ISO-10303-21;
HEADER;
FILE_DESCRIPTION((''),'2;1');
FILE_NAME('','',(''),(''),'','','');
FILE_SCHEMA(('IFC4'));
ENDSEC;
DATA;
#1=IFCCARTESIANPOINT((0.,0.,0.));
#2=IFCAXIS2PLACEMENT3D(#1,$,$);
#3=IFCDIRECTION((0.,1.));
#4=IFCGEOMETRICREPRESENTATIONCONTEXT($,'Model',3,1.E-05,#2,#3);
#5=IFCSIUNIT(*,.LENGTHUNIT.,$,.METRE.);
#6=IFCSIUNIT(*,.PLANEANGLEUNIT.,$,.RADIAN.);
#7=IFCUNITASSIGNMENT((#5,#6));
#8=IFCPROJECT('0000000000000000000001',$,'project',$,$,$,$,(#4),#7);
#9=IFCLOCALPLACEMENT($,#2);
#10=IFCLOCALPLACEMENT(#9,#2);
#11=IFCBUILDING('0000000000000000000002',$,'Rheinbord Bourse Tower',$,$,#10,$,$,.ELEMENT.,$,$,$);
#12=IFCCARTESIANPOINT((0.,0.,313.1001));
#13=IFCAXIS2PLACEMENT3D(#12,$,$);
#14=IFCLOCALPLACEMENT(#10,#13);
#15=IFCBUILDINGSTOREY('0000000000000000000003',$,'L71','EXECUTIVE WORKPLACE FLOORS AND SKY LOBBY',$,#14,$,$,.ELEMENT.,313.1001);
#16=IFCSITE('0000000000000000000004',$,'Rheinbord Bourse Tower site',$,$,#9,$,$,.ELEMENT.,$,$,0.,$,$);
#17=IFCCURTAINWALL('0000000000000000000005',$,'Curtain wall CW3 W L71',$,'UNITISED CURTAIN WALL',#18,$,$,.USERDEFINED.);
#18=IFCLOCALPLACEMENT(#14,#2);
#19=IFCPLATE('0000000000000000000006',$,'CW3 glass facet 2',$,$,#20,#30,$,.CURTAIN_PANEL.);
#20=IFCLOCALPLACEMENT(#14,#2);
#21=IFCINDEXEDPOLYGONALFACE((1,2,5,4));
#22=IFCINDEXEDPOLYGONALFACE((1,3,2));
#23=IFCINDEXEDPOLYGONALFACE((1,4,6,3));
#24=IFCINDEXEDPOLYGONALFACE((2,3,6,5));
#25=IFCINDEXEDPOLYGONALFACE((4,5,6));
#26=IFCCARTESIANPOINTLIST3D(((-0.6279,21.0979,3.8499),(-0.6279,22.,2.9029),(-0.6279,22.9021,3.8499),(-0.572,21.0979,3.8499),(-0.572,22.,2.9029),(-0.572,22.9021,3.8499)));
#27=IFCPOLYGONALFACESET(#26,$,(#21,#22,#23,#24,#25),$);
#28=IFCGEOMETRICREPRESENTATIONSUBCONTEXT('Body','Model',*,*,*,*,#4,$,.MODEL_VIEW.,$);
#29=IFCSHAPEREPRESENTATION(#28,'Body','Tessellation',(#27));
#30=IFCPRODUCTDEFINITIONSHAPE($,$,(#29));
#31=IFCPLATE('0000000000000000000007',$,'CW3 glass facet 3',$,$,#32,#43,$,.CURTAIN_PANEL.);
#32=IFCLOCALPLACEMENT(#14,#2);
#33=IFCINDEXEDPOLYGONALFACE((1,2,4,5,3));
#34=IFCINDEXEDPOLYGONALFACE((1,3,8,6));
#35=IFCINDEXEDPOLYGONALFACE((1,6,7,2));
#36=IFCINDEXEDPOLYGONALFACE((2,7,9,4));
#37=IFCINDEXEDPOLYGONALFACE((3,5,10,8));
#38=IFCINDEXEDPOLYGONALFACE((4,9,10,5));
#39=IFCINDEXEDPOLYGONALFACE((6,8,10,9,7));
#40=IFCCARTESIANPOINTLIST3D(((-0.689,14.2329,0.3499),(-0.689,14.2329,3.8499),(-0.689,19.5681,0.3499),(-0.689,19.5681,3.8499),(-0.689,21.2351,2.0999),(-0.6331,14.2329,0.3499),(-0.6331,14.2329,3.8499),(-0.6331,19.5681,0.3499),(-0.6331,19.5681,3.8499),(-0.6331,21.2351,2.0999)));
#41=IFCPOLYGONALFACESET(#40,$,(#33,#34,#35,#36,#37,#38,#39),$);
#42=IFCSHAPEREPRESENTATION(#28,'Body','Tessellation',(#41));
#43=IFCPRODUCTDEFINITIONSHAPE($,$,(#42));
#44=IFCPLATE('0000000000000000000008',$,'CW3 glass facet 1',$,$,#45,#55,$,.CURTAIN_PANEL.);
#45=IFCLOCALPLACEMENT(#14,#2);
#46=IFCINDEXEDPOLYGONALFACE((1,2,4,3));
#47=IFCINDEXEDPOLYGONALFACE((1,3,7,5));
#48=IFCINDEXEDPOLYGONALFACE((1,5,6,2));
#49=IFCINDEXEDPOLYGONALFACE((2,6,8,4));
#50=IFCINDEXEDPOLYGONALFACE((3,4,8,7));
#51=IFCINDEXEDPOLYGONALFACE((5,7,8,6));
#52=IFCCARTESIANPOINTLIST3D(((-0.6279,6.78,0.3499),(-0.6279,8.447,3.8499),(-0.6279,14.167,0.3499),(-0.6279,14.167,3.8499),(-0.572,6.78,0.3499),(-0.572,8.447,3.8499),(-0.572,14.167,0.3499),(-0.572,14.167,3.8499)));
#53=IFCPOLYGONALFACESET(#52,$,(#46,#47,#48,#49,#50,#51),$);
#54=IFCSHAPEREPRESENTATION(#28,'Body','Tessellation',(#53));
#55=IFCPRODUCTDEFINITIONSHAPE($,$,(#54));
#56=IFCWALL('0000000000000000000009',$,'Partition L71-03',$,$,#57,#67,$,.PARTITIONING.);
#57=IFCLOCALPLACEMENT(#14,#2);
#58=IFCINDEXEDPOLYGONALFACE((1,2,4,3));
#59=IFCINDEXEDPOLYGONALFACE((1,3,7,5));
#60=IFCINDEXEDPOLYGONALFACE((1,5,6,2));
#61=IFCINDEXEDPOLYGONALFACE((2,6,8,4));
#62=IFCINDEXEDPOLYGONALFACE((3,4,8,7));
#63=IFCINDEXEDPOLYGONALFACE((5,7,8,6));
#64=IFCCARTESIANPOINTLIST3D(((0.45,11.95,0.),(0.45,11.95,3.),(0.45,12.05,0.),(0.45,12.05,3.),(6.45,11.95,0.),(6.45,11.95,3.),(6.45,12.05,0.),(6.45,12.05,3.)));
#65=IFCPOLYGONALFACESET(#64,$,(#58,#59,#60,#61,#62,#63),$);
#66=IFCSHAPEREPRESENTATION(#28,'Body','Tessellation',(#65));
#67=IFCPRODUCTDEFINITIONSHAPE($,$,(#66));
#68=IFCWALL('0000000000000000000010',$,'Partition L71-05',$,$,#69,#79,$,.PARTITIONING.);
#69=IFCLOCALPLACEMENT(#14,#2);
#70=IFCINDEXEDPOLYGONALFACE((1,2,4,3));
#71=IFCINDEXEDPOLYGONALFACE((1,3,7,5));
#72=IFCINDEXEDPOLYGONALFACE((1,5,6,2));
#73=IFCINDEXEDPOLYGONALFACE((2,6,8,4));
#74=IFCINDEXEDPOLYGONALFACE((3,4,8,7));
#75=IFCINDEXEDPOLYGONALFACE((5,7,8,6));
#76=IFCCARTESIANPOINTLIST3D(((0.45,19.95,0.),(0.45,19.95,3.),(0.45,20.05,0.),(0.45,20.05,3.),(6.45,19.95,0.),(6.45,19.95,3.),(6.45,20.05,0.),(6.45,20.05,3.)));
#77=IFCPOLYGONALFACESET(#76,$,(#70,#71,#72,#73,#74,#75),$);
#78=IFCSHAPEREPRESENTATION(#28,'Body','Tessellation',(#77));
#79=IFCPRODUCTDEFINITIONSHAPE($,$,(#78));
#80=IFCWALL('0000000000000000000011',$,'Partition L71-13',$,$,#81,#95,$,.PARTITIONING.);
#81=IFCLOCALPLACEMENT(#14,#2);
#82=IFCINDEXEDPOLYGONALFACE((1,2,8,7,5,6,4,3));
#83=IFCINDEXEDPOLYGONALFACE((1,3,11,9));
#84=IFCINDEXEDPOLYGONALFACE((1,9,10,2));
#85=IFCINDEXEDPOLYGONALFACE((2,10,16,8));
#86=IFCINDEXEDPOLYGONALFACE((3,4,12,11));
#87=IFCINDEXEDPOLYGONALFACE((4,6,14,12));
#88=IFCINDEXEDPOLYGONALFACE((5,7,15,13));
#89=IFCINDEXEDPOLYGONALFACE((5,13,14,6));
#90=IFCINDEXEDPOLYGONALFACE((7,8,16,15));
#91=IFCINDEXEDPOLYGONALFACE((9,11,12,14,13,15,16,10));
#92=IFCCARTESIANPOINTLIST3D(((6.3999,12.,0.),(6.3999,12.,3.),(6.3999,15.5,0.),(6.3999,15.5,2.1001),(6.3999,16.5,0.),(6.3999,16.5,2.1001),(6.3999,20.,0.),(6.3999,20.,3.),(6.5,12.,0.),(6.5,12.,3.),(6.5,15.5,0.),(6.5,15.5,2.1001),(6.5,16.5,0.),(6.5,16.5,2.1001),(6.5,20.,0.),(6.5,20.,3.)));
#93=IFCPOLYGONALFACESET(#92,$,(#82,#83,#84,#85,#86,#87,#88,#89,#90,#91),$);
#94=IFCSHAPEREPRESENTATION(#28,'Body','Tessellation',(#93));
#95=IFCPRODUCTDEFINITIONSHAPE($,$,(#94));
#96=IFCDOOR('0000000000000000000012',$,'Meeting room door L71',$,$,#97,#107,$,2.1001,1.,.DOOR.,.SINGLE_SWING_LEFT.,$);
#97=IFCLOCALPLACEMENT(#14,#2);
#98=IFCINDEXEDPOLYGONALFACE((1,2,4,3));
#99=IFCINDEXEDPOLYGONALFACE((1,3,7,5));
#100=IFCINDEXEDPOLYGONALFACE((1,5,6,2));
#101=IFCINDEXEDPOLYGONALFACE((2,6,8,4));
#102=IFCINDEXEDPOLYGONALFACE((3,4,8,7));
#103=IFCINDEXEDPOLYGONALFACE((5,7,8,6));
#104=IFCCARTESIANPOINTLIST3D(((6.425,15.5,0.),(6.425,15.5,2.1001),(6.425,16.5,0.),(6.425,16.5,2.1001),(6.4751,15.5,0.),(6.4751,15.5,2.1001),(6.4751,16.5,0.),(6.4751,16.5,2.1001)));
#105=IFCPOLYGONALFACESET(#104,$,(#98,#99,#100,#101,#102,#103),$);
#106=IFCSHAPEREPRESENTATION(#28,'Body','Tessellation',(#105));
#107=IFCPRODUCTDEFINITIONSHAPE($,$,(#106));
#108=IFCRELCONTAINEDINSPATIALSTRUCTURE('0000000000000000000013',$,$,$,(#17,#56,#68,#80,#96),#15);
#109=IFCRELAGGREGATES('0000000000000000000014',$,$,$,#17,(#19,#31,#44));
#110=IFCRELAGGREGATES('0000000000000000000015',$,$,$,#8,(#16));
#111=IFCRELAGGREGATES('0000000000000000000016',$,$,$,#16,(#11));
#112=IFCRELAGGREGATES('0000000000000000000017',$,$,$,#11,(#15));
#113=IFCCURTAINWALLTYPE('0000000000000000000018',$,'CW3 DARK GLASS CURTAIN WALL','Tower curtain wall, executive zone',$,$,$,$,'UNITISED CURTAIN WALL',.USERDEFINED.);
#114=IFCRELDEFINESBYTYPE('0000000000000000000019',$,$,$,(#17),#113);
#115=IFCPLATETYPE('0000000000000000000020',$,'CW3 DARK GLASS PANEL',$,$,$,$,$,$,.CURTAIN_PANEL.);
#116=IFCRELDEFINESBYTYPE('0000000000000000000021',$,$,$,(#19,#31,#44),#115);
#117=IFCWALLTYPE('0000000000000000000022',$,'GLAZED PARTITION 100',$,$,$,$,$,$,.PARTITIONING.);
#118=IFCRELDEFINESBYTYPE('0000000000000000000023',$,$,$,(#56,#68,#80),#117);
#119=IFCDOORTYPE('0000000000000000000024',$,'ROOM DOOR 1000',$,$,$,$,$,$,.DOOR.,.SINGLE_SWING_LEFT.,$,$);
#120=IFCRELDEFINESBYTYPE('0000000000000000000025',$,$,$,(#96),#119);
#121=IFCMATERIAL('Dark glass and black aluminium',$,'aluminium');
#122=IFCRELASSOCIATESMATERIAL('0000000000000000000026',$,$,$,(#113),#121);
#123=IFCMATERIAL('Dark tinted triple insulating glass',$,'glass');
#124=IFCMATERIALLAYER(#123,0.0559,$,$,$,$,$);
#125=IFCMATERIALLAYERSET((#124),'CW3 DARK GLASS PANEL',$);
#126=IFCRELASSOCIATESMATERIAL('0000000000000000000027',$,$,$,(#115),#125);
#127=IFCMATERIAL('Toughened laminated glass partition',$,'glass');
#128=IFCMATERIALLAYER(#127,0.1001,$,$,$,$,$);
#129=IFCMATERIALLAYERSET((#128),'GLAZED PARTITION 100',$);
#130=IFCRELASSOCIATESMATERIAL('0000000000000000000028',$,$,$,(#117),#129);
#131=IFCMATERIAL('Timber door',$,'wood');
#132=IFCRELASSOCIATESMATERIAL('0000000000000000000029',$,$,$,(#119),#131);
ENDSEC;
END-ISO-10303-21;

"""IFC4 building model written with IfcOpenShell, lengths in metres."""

from ifc_helpers import new_model, si_unit, direction, frame, frame_2d, origin, place, context, subcontext, project, spatial, polyline, rectangle, outline, extrude, material, layer, layer_set, type_object, element, fill, aggregate, save


model = new_model("IFC4")

# Units and contexts
model_context = context("Model", 3, precision=1e-05, world=origin(), true_north=direction((0.0, 1.0)))
body_context = subcontext(model_context, "Body", "Model", "MODEL_VIEW")
ifc_project = project(units=[si_unit("LENGTHUNIT", "METRE"), si_unit("PLANEANGLEUNIT", "RADIAN")], contexts=[model_context])

# Site, building, storey
site_placement = place(None, origin())
site = spatial("IfcSite", under=ifc_project, at=site_placement, Name="Rheinbord Bourse Tower site", CompositionType="ELEMENT", RefElevation=0.0)
building_placement = place(site_placement, origin())
building = spatial("IfcBuilding", under=site, at=building_placement, Name="Rheinbord Bourse Tower", CompositionType="ELEMENT")
storey_placement = place(building_placement, frame((0.0, 0.0, 313.1001)))
storey = spatial("IfcBuildingStorey", under=building, at=storey_placement, Name="L71", Description="EXECUTIVE WORKPLACE FLOORS AND SKY LOBBY", CompositionType="ELEMENT", Elevation=313.1001)

# Curtain wall
ifc_material_1 = material(Name="Dark glass and black aluminium", Category="aluminium")
curtain_wall_type = type_object("IfcCurtainWallType", Name="CW3 DARK GLASS CURTAIN WALL", Description="Tower curtain wall, executive zone", ElementType="UNITISED CURTAIN WALL", PredefinedType="USERDEFINED", material=ifc_material_1)
curtain_wall_placement = place(storey_placement, origin())
curtain_wall = element("IfcCurtainWall", 1, at=curtain_wall_placement, inside=storey, type_object=curtain_wall_type, Name="Curtain wall CW3 W L71", ObjectType="UNITISED CURTAIN WALL", PredefinedType="USERDEFINED")

# Plates
ifc_material_2 = material(Name="Dark tinted triple insulating glass", Category="glass")
ifc_layer_1 = layer(ifc_material_2, 0.0559)
ifc_layer_set_1 = layer_set([ifc_layer_1], Name="CW3 DARK GLASS PANEL")
plate_type = type_object("IfcPlateType", Name="CW3 DARK GLASS PANEL", PredefinedType="CURTAIN_PANEL", material=ifc_layer_set_1)
plate_1_placement = place(storey_placement, frame((-0.6279, 21.0979, 3.8499), z_axis=(1.0, 0.0, 0.0), x_axis=(0.0, 0.689725, -0.724071)))
plate_1 = element("IfcPlate", 2, at=plate_1_placement, type_object=plate_type, Name="CW3 glass facet 2", PredefinedType="CURTAIN_PANEL", context=body_context, shape_type="SweptSolid", body=[
    extrude(outline(polyline([(0.0, 0.0), (1.3079, 0.0), (1.2444, 1.3064), (0.0, 0.0)])), origin(), (0.0, 0.0, 1.0), 0.0559),
])
plate_2_placement = place(storey_placement, frame((-0.689, 14.2329, 3.8499), z_axis=(1.0, 0.0, 0.0), x_axis=(0.0, 0.0, -1.0)))
plate_2 = element("IfcPlate", 3, at=plate_2_placement, type_object=plate_type, Name="CW3 glass facet 3", PredefinedType="CURTAIN_PANEL", context=body_context, shape_type="SweptSolid", body=[
    extrude(outline(polyline([(0.0, 0.0), (3.5, 0.0), (3.5, 5.3352), (1.75, 7.0022), (0.0, 5.3352), (0.0, 0.0)])), origin(), (0.0, 0.0, 1.0), 0.0559),
])
plate_3_placement = place(storey_placement, frame((-0.6279, 14.167, 0.3499), z_axis=(1.0, 0.0, 0.0), x_axis=(0.0, 0.0, 1.0)))
plate_3 = element("IfcPlate", 4, at=plate_3_placement, type_object=plate_type, Name="CW3 glass facet 1", PredefinedType="CURTAIN_PANEL", context=body_context, shape_type="SweptSolid", body=[
    extrude(outline(polyline([(0.0, 0.0), (3.5, 0.0), (3.5, 5.72), (0.0, 7.387), (0.0, 0.0)])), origin(), (0.0, 0.0, 1.0), 0.0559),
])
aggregate(curtain_wall, [plate_1, plate_2, plate_3])

# Walls
ifc_material_3 = material(Name="Toughened laminated glass partition", Category="glass")
ifc_layer_2 = layer(ifc_material_3, 0.1001)
ifc_layer_set_2 = layer_set([ifc_layer_2], Name="GLAZED PARTITION 100")
wall_type = type_object("IfcWallType", Name="GLAZED PARTITION 100", PredefinedType="PARTITIONING", material=ifc_layer_set_2)
for number, where, z_axis, x_axis, name in (
    (5, (0.45, 12.0, 0.0), (0.0, 0.0, 1.0), (1.0, 0.0, 0.0), "Partition L71-03"),
    (6, (0.45, 20.0, 0.0), (0.0, 0.0, 1.0), (1.0, 0.0, 0.0), "Partition L71-05"),
):
    element("IfcWall", number, at=place(storey_placement, frame(where, z_axis=z_axis, x_axis=x_axis)), inside=storey, type_object=wall_type, Name=name, PredefinedType="PARTITIONING", context=body_context, shape_type="SweptSolid", body=[
        extrude(rectangle(XDim=6.0, YDim=0.1001, at=frame_2d((3.0, 0.0))), origin(), (0.0, 0.0, 1.0), 3.0),
    ])

# Wall, opening, door
wall_placement = place(storey_placement, frame((6.45, 12.0, 0.0), z_axis=(0.0, 0.0, 1.0), x_axis=(0.0, 1.0, 0.0)))
wall = element("IfcWall", 7, at=wall_placement, inside=storey, type_object=wall_type, Name="Partition L71-13", PredefinedType="PARTITIONING", context=body_context, shape_type="SweptSolid", body=[
    extrude(rectangle(XDim=8.0, YDim=0.1001, at=frame_2d((4.0, 0.0))), origin(), (0.0, 0.0, 1.0), 3.0),
])
opening_placement = place(wall_placement, frame((3.5, 0.0, 0.0)))
opening = element("IfcOpeningElement", 8, at=opening_placement, cuts=wall, PredefinedType="OPENING", context=body_context, shape_type="SweptSolid", body=[
    extrude(rectangle(XDim=1.0, YDim=2.1001, at=frame_2d((0.5, 1.05))), frame((0.0, 0.0601, 0.0), z_axis=(0.0, -1.0, 0.0), x_axis=(1.0, 0.0, 0.0)), (0.0, 0.0, 1.0), 0.1201),
])
ifc_material_4 = material(Name="Timber door", Category="wood")
door_type = type_object("IfcDoorType", Name="ROOM DOOR 1000", OperationType="SINGLE_SWING_LEFT", PredefinedType="DOOR", material=ifc_material_4)
door_placement = place(opening_placement, origin())
door = element("IfcDoor", 9, at=door_placement, inside=storey, type_object=door_type, Name="Meeting room door L71", OperationType="SINGLE_SWING_LEFT", OverallHeight=2.1001, OverallWidth=1.0, PredefinedType="DOOR", context=body_context, shape_type="SweptSolid", body=[
    extrude(rectangle(XDim=1.0, YDim=2.1001, at=frame_2d((0.5, 1.05))), frame((0.0, 0.0249, 0.0), z_axis=(0.0, -1.0, 0.0), x_axis=(1.0, 0.0, 0.0)), (0.0, 0.0, 1.0), 0.05),
])
fill(opening, door)

save(model, "model.ifc")
